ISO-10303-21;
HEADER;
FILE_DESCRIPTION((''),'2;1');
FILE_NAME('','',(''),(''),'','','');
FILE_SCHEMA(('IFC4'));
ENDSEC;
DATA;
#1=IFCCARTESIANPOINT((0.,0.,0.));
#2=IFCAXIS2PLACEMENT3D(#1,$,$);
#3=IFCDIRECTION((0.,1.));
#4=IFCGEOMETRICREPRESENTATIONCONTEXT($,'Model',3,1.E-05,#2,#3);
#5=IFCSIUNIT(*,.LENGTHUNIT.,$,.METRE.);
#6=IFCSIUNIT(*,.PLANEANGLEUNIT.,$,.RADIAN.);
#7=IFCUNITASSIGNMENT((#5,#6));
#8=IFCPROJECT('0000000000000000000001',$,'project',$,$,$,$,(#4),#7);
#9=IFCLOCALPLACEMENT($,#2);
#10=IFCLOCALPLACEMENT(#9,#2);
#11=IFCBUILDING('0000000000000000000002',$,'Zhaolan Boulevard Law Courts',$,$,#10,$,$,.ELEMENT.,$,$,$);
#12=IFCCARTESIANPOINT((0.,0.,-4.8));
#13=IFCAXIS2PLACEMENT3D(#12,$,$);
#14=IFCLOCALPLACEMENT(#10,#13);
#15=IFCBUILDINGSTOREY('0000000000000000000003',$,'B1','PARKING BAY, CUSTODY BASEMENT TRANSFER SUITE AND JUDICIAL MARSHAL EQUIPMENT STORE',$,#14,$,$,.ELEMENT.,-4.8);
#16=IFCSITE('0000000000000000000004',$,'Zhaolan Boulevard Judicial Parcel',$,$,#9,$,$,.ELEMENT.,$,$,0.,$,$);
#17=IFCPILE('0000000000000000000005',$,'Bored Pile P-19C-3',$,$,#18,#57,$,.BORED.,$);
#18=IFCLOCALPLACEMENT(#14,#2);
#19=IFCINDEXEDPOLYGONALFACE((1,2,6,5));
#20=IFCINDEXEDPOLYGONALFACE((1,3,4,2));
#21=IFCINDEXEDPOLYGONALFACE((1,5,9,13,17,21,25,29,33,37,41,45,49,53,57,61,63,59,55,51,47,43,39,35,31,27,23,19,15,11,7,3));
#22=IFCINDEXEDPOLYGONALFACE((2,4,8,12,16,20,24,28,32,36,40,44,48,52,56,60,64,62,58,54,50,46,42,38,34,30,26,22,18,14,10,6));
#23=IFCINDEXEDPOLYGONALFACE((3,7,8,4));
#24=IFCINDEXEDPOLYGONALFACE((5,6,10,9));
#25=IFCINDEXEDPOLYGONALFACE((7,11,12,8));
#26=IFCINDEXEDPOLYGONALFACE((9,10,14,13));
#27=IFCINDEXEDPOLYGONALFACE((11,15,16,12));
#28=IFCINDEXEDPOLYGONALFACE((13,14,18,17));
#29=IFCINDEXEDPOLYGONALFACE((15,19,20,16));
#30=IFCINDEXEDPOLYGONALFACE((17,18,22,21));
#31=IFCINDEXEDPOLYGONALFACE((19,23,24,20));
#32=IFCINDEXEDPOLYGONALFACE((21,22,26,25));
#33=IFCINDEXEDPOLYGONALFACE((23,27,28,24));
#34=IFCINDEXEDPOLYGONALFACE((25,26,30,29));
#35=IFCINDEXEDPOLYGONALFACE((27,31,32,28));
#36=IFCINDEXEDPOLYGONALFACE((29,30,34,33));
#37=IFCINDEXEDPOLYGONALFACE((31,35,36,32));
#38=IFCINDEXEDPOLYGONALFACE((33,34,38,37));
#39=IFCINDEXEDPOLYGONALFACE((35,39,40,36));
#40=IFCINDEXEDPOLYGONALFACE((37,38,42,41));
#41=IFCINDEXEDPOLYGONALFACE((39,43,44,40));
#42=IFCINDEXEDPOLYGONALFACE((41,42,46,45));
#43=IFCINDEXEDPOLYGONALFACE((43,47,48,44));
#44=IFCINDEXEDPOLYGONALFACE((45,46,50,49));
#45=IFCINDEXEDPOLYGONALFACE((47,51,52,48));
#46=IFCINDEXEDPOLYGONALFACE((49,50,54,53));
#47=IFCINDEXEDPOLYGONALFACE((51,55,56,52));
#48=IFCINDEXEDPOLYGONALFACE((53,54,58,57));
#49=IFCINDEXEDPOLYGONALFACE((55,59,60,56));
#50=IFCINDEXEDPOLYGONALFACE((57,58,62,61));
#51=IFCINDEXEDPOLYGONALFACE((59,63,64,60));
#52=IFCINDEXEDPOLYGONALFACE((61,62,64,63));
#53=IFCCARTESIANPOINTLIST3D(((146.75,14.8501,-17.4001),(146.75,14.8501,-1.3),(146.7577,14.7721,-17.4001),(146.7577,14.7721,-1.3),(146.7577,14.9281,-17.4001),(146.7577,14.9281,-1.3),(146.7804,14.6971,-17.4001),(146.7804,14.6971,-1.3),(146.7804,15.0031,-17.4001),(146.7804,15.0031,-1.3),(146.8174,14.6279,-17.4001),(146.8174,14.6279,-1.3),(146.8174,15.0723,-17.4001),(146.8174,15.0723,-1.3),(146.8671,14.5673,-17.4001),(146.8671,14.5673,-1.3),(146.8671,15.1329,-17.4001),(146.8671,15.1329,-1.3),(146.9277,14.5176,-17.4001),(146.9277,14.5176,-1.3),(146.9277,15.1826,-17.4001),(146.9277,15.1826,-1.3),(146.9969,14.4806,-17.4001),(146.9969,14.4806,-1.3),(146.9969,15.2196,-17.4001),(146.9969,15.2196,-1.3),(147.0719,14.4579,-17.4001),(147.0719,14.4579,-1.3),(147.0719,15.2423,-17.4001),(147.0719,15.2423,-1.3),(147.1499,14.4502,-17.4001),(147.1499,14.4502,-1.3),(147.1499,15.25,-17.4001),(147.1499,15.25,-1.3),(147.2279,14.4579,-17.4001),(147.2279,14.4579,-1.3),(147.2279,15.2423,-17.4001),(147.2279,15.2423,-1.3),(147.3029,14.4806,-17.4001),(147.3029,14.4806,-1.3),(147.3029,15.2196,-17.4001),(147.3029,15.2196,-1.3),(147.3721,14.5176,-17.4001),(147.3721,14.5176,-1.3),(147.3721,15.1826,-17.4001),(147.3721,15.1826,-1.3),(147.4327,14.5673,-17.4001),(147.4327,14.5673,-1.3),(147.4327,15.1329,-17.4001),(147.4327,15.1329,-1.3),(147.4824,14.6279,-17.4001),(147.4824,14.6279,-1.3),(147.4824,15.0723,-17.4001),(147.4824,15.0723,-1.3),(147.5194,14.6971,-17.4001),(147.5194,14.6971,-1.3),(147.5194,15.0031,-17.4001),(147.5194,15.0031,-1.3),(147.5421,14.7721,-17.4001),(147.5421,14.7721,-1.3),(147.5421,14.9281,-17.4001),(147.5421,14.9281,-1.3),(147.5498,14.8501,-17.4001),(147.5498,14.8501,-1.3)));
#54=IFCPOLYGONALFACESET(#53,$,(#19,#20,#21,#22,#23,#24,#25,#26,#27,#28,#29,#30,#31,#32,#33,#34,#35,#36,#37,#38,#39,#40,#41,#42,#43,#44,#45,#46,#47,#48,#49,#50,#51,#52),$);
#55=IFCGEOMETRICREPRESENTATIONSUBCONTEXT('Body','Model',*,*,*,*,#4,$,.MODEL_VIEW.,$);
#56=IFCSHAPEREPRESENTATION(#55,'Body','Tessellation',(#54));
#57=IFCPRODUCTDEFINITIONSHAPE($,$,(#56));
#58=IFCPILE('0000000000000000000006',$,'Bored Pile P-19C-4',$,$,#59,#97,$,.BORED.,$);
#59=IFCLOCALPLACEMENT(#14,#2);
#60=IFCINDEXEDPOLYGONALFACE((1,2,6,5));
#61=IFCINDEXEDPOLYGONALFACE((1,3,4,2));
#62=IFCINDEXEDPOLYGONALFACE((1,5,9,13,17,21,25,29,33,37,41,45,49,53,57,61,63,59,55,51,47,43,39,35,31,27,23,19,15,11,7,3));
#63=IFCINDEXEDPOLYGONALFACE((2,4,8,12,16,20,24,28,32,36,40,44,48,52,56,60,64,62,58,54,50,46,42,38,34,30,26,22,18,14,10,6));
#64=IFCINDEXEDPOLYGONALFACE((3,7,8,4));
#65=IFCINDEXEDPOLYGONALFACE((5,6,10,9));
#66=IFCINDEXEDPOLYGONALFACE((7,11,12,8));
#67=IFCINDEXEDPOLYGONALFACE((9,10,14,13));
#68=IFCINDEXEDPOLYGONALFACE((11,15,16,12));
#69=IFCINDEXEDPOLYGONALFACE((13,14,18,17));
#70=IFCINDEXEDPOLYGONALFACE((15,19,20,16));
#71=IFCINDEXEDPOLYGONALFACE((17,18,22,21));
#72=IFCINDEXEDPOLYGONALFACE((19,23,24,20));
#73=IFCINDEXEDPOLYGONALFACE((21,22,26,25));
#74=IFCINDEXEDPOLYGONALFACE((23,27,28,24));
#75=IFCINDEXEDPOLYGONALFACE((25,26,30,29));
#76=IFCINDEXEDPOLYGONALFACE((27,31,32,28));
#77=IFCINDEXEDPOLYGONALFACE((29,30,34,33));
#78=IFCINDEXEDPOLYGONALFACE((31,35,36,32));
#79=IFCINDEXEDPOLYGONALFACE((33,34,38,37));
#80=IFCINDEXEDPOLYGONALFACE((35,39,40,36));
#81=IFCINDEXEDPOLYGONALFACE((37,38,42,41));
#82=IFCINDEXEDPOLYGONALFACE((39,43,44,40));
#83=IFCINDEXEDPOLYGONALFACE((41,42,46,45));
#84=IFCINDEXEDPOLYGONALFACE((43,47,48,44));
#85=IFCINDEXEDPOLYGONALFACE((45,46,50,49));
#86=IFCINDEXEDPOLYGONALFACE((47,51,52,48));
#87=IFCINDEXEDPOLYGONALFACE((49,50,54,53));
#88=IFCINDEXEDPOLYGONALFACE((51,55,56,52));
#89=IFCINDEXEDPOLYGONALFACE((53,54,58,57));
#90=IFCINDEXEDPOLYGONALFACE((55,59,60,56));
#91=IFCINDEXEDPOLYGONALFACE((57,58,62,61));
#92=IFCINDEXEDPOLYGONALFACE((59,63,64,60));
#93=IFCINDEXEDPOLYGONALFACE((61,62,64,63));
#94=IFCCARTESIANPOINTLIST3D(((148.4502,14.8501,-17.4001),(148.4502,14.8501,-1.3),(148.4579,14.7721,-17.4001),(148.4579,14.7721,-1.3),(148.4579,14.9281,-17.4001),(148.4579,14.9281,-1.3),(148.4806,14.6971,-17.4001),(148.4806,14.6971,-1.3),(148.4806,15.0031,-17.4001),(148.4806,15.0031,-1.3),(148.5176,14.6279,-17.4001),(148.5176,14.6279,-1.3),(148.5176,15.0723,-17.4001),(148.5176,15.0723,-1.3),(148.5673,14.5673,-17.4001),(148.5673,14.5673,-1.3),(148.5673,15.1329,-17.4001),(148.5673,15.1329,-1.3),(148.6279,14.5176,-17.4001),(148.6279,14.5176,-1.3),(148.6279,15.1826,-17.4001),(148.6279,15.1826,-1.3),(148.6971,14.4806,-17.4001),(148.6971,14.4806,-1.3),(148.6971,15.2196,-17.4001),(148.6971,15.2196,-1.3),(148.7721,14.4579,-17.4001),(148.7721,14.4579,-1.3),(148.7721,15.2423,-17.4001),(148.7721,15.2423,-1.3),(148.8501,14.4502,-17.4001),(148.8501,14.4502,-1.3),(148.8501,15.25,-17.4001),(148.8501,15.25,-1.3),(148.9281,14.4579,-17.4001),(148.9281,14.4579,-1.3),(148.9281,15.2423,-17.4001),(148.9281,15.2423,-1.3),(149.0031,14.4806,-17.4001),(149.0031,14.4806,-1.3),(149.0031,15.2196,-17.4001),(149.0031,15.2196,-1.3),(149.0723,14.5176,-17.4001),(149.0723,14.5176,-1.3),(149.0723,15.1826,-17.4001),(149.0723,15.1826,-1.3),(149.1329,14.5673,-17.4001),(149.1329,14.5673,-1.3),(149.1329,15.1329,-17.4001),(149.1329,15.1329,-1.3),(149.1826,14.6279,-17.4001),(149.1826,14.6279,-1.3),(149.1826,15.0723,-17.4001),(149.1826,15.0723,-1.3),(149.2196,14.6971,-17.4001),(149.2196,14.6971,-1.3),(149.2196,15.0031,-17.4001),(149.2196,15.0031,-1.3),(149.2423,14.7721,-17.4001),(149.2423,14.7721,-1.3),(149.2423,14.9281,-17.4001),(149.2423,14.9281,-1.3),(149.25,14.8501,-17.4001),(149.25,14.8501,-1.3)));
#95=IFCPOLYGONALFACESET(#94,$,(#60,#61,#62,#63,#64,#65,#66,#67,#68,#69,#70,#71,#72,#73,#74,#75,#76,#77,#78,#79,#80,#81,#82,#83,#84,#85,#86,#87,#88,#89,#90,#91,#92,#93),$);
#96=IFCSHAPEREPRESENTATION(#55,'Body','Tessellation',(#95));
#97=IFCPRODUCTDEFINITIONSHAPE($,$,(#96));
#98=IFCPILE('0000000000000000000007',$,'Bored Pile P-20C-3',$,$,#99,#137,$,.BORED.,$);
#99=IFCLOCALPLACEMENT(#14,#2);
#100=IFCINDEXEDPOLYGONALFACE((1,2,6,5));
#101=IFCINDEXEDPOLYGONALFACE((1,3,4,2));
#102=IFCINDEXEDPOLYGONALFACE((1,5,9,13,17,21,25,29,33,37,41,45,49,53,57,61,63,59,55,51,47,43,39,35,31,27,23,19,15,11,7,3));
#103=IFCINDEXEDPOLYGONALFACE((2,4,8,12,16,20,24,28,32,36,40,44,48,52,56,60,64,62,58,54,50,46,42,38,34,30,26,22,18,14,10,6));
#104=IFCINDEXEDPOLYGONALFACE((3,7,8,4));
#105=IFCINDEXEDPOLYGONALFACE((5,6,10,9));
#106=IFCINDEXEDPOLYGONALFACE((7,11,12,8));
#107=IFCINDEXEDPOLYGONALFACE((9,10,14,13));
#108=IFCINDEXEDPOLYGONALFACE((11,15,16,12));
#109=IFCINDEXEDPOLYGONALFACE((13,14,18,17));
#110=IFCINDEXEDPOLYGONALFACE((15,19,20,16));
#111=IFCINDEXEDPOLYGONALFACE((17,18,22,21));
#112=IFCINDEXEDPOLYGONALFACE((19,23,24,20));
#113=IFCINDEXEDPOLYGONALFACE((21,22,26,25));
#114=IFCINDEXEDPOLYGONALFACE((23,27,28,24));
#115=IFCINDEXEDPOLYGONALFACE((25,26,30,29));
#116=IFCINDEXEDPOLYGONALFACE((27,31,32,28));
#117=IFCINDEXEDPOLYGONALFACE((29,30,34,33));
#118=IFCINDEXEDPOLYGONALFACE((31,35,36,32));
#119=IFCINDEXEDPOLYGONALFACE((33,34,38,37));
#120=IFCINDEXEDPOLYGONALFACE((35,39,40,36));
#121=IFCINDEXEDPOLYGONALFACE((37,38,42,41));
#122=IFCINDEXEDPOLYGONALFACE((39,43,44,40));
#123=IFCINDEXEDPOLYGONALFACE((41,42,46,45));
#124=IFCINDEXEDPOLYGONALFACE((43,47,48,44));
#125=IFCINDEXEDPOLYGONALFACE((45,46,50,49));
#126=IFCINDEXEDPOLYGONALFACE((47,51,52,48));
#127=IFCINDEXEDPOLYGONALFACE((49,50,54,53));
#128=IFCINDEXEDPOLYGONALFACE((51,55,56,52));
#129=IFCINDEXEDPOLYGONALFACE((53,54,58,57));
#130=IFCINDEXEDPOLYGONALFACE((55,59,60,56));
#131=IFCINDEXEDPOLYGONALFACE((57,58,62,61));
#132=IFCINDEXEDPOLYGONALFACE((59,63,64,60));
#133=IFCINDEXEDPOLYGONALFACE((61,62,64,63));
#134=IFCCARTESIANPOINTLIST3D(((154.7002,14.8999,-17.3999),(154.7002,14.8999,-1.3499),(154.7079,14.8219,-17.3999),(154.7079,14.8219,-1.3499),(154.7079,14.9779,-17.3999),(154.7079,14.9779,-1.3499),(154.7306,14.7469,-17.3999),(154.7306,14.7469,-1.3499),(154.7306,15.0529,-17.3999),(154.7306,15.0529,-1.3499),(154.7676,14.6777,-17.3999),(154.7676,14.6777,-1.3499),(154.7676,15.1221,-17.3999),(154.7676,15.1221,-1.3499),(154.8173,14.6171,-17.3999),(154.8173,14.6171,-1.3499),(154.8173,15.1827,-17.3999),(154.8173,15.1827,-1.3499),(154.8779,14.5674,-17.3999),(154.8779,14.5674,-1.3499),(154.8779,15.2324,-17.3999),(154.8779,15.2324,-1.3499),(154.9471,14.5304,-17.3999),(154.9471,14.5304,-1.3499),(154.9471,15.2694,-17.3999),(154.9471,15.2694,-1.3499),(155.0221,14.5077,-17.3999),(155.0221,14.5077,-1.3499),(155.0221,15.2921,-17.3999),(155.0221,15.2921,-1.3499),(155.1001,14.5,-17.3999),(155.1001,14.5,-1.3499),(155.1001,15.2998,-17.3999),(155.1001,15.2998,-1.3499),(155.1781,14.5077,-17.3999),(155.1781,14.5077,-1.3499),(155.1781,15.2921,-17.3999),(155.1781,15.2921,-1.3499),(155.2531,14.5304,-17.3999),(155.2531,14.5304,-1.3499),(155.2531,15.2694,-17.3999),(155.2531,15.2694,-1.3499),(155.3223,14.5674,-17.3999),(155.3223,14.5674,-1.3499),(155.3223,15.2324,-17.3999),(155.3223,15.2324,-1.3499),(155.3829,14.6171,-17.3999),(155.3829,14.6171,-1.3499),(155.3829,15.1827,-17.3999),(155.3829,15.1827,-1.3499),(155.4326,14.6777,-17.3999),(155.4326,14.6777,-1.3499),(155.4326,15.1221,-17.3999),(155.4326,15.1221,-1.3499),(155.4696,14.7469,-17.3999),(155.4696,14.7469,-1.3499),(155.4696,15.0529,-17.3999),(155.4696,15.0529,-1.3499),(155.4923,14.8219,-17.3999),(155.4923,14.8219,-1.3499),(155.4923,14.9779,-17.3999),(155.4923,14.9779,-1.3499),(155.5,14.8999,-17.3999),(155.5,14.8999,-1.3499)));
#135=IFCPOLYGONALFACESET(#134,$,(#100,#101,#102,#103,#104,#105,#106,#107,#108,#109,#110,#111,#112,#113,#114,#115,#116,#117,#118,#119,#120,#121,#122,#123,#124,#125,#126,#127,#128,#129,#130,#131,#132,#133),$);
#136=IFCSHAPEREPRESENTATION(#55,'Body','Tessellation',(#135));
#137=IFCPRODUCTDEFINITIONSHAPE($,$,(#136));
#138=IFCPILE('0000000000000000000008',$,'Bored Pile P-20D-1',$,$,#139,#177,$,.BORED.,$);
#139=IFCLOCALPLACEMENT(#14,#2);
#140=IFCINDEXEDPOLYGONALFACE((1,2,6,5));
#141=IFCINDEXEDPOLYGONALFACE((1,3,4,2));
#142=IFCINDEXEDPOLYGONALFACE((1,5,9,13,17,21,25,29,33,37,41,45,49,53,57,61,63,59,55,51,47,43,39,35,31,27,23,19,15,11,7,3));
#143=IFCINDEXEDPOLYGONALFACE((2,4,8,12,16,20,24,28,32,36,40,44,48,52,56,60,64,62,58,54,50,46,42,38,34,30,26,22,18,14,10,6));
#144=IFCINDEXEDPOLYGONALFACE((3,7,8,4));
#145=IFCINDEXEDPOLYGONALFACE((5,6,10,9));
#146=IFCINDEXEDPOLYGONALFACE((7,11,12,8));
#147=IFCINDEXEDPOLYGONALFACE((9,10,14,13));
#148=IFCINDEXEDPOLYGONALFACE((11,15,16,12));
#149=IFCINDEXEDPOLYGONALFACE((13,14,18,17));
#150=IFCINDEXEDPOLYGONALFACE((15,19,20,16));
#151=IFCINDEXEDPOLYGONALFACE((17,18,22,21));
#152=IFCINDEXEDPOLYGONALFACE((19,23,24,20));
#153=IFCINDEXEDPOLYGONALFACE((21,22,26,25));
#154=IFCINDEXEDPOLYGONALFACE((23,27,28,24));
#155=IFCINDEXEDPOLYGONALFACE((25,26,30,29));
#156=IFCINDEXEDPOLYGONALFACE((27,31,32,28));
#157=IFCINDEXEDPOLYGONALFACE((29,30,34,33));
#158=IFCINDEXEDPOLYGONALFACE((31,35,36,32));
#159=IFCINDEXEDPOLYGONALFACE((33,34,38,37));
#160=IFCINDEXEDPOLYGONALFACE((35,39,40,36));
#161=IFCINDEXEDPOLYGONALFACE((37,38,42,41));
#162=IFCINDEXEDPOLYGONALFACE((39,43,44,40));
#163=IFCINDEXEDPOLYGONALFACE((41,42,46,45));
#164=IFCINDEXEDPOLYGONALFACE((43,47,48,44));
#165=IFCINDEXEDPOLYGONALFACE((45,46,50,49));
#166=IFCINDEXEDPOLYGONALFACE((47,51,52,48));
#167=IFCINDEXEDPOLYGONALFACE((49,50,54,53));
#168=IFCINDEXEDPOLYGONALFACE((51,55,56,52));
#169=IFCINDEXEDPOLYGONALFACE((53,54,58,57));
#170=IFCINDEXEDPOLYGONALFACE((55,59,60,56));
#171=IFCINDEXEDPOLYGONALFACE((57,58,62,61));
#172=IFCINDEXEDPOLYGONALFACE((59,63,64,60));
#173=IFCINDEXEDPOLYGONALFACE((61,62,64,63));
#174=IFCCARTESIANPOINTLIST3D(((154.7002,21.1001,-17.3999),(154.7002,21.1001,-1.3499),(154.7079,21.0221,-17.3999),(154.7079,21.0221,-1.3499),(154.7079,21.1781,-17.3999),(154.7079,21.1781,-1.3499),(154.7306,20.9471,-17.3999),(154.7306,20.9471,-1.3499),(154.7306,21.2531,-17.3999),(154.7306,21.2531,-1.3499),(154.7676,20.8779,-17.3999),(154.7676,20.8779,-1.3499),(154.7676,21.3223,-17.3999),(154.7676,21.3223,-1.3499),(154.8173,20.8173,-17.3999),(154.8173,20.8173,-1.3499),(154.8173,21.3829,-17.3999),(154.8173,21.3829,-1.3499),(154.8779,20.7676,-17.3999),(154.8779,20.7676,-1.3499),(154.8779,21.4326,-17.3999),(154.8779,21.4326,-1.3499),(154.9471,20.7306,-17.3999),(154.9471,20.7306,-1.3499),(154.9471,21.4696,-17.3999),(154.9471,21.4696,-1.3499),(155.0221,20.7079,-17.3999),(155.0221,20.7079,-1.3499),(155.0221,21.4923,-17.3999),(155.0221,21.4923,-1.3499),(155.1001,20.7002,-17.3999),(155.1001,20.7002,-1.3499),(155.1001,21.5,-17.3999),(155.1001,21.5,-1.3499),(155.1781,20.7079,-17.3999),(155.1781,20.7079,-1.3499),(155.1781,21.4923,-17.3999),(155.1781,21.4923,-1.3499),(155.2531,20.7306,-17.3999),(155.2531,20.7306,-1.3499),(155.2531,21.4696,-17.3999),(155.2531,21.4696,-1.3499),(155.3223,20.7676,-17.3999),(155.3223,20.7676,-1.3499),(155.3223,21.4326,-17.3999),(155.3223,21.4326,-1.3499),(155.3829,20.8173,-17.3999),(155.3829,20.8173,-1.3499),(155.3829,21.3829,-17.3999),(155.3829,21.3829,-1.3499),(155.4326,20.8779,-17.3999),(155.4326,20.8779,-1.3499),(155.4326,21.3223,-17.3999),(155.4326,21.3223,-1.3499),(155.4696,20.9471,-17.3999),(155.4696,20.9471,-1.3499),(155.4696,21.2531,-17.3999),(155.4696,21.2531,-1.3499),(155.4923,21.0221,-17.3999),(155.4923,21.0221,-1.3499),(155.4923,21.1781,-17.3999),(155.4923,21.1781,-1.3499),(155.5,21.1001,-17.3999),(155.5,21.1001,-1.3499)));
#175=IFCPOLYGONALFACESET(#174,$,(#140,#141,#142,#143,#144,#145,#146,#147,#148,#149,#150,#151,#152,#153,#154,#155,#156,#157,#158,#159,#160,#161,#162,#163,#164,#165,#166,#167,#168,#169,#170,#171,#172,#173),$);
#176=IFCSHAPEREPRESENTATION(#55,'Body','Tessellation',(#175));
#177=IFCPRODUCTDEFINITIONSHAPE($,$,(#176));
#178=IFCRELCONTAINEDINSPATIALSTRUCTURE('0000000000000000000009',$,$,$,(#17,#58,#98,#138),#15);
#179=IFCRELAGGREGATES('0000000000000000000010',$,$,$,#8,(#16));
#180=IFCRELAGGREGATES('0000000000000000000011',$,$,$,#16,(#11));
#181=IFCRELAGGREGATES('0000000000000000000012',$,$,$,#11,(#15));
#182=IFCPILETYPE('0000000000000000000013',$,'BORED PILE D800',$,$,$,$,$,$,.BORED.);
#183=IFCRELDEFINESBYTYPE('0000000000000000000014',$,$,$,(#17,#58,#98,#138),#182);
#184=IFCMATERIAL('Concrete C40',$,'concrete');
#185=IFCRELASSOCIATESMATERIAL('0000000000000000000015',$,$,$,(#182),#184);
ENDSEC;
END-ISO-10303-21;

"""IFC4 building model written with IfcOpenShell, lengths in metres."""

from ifc_helpers import new_model, si_unit, direction, frame, origin, origin_2d, place, context, subcontext, project, spatial, circle, extrude, material, material_profile, profile_set, type_object, element, save


model = new_model("IFC4")

# Units and contexts
model_context = context("Model", 3, precision=1e-05, world=origin(), true_north=direction((0.0, 1.0)))
body_context = subcontext(model_context, "Body", "Model", "MODEL_VIEW")
ifc_project = project(units=[si_unit("LENGTHUNIT", "METRE"), si_unit("PLANEANGLEUNIT", "RADIAN")], contexts=[model_context])

# Site, building, storey
site_placement = place(None, origin())
site = spatial("IfcSite", under=ifc_project, at=site_placement, Name="Zhaolan Boulevard Judicial Parcel", CompositionType="ELEMENT", RefElevation=0.0)
building_placement = place(site_placement, origin())
building = spatial("IfcBuilding", under=site, at=building_placement, Name="Zhaolan Boulevard Law Courts", CompositionType="ELEMENT")
storey_placement = place(building_placement, frame((0.0, 0.0, -4.8)))
storey = spatial("IfcBuildingStorey", under=building, at=storey_placement, Name="B1", Description="PARKING BAY, CUSTODY BASEMENT TRANSFER SUITE AND JUDICIAL MARSHAL EQUIPMENT STORE", CompositionType="ELEMENT", Elevation=-4.8)

# Piles
ifc_material_1 = material(Name="Concrete C40", Category="concrete")
ifc_material_profile_1 = material_profile(ifc_material_1, circle(Radius=0.3999, at=origin_2d()), Name="PILE-D800")
ifc_profile_set_1 = profile_set([ifc_material_profile_1], Name="Concrete C40")
pile_type = type_object("IfcPileType", Name="BORED PILE D800", PredefinedType="BORED", material=ifc_profile_set_1)
for number, where, z_axis, x_axis, name in (
    (1, (147.1499, 14.8501, -1.3), (0.0, 0.0, -1.0), (1.0, 0.0, 0.0), "Bored Pile P-19C-3"),
    (2, (148.8501, 14.8501, -1.3), (0.0, 0.0, -1.0), (1.0, 0.0, 0.0), "Bored Pile P-19C-4"),
):
    element("IfcPile", number, at=place(storey_placement, frame(where, z_axis=z_axis, x_axis=x_axis)), inside=storey, type_object=pile_type, Name=name, PredefinedType="BORED", context=body_context, shape_type="SweptSolid", body=[
        extrude(circle(Radius=0.3999, at=origin_2d()), origin(), (0.0, 0.0, 1.0), 16.1001),
    ])
for number, where, z_axis, x_axis, name in (
    (3, (155.1001, 14.8999, -1.3499), (0.0, 0.0, -1.0), (1.0, 0.0, 0.0), "Bored Pile P-20C-3"),
    (4, (155.1001, 21.1001, -1.3499), (0.0, 0.0, -1.0), (1.0, 0.0, 0.0), "Bored Pile P-20D-1"),
):
    element("IfcPile", number, at=place(storey_placement, frame(where, z_axis=z_axis, x_axis=x_axis)), inside=storey, type_object=pile_type, Name=name, PredefinedType="BORED", context=body_context, shape_type="SweptSolid", body=[
        extrude(circle(Radius=0.3999, at=origin_2d()), origin(), (0.0, 0.0, 1.0), 16.05),
    ])

save(model, "model.ifc")
